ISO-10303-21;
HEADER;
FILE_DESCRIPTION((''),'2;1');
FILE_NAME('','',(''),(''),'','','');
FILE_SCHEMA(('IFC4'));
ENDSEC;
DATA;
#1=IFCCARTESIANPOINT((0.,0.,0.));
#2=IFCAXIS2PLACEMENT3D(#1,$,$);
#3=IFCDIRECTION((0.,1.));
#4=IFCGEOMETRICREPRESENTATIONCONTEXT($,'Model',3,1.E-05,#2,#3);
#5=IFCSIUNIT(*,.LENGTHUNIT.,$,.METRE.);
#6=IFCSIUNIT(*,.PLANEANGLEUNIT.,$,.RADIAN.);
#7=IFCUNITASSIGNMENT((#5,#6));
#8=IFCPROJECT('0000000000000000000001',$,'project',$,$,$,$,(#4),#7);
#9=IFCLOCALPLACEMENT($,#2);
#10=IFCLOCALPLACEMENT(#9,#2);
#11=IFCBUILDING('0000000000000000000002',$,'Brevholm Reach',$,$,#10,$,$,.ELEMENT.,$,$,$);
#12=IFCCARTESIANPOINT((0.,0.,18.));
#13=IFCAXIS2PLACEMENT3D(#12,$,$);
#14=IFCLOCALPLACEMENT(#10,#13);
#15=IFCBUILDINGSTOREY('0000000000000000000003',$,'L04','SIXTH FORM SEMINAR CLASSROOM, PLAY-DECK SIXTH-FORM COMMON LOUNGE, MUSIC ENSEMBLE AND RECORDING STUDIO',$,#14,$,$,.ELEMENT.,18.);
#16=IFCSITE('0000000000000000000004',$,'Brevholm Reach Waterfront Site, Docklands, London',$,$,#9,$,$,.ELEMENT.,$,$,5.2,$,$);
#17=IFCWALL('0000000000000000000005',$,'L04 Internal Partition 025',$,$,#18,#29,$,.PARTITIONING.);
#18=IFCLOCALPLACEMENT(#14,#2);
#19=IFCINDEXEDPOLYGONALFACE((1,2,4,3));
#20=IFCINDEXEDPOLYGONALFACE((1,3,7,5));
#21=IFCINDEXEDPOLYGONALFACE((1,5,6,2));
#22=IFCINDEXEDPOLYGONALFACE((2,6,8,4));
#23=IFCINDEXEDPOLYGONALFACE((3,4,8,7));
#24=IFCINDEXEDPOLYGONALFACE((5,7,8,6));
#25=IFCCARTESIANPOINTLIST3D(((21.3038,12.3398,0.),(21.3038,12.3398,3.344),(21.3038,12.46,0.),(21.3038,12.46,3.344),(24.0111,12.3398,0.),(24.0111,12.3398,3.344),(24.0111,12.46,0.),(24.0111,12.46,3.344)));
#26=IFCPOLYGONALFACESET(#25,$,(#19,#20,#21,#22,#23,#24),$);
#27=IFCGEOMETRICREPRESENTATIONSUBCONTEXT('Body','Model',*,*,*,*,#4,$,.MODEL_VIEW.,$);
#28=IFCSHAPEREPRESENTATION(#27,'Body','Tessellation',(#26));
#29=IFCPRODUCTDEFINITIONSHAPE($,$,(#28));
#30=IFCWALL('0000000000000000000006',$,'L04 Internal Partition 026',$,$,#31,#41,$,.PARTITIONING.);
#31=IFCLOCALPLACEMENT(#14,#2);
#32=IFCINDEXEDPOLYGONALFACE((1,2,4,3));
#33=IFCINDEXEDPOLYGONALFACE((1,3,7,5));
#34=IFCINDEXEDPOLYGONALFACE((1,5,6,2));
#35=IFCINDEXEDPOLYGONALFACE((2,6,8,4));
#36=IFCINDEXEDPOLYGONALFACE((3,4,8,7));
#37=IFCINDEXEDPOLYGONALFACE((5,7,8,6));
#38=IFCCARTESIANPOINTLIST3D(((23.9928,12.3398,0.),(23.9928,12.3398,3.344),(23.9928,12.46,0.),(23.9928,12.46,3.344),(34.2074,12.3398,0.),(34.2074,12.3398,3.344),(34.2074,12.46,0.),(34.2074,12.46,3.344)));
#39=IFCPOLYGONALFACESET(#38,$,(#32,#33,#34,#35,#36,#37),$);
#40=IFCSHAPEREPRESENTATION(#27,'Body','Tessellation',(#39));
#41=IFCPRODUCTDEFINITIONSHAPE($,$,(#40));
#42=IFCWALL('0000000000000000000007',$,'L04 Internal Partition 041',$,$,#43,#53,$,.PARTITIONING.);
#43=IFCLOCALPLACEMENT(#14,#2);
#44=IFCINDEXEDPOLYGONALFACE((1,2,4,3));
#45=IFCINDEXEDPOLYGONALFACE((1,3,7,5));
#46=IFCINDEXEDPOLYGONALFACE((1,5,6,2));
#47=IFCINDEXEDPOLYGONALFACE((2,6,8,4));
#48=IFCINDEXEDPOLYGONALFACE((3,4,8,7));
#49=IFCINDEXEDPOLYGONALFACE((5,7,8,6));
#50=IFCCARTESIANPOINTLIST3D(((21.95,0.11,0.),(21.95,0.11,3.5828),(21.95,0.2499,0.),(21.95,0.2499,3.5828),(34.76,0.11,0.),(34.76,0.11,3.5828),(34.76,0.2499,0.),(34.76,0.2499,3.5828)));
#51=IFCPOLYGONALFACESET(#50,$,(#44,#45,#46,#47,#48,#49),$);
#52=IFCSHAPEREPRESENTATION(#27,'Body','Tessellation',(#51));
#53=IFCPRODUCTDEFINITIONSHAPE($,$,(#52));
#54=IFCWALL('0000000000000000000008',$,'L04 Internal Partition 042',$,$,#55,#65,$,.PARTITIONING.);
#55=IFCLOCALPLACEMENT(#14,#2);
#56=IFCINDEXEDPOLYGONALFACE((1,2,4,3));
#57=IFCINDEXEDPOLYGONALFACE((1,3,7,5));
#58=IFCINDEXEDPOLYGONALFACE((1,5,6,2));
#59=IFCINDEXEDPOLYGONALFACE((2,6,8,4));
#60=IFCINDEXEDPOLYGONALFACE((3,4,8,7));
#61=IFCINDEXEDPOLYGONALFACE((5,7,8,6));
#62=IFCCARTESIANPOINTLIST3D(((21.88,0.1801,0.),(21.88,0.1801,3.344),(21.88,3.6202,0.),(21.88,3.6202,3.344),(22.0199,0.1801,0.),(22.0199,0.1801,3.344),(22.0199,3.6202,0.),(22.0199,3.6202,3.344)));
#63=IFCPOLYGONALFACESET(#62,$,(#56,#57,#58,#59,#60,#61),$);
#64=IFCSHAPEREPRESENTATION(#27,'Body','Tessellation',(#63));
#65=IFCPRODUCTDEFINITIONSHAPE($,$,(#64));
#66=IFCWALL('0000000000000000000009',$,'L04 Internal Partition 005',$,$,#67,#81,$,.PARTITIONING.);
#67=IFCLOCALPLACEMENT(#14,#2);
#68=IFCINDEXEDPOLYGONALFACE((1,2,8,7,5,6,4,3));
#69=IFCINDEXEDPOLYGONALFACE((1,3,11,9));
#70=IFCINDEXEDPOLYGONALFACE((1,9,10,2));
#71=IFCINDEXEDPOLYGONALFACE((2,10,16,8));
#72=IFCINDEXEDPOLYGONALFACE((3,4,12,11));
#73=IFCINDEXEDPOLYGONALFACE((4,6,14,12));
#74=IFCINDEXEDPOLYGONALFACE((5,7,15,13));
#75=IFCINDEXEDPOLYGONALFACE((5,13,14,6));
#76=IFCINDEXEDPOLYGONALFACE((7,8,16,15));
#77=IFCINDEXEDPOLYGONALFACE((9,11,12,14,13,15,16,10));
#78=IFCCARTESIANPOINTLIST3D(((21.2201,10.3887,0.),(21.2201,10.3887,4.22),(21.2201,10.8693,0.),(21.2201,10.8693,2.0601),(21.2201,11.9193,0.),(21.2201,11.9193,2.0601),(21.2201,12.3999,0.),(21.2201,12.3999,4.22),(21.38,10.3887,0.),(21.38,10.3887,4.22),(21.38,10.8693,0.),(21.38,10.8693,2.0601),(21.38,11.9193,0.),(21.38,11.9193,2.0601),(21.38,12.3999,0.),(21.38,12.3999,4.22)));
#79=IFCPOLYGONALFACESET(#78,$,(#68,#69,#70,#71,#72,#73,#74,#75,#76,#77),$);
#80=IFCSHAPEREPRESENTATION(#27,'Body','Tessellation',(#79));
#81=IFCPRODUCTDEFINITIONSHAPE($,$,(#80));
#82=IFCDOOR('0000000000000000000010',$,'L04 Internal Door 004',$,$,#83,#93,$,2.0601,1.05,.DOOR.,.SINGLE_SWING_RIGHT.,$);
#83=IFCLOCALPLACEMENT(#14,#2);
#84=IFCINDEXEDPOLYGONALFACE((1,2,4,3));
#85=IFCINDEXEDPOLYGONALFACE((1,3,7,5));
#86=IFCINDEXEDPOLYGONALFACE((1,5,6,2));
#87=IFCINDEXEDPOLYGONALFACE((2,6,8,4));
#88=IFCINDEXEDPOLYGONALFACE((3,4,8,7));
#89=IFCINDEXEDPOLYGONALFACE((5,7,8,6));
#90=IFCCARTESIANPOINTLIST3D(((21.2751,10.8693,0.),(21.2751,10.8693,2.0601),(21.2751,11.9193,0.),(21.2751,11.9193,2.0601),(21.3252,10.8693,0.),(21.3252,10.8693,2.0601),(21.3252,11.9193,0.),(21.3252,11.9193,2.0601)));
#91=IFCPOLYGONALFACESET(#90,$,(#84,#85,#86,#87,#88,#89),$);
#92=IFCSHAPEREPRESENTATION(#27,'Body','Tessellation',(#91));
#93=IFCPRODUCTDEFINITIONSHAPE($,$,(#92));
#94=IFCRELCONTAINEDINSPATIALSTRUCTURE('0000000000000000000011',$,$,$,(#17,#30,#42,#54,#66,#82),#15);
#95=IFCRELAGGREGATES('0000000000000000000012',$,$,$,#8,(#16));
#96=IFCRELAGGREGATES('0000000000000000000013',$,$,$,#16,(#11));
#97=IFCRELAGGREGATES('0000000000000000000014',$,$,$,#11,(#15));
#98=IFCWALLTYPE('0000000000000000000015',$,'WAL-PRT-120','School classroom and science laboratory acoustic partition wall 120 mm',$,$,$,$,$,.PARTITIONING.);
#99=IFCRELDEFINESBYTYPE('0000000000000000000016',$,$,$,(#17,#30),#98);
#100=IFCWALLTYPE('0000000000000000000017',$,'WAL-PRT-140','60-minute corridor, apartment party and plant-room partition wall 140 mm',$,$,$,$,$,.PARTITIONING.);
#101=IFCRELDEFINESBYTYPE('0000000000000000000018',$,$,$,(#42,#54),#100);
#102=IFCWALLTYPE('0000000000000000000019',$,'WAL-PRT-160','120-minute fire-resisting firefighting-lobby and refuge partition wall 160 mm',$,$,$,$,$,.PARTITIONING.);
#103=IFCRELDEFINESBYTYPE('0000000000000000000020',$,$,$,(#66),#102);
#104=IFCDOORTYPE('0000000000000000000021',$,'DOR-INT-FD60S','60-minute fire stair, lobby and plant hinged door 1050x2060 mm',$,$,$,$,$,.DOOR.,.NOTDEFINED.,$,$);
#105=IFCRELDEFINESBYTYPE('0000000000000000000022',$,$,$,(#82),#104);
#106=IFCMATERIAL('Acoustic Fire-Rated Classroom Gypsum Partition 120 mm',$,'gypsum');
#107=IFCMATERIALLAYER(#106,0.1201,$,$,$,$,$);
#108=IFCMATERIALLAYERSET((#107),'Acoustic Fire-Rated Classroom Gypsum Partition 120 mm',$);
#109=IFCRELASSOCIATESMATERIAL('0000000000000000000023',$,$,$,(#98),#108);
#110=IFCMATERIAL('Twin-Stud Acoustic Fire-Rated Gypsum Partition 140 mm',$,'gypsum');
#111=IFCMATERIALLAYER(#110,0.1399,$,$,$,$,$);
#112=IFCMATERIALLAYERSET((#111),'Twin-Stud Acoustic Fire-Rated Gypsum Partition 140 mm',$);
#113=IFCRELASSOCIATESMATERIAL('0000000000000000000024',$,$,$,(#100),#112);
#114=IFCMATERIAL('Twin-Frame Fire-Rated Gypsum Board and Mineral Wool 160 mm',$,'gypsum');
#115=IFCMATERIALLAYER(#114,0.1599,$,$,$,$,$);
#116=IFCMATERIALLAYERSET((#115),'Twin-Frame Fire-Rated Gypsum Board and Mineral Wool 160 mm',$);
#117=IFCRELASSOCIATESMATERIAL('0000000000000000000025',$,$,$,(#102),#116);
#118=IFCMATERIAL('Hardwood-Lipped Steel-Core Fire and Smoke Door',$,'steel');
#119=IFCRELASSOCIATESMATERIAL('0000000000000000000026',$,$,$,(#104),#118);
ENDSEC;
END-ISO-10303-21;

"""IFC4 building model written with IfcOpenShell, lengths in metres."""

from ifc_helpers import new_model, si_unit, direction, frame, frame_2d, origin, place, context, subcontext, project, spatial, rectangle, extrude, material, layer, layer_set, type_object, element, fill, save


model = new_model("IFC4")

# Units and contexts
model_context = context("Model", 3, precision=1e-05, world=origin(), true_north=direction((0.0, 1.0)))
body_context = subcontext(model_context, "Body", "Model", "MODEL_VIEW")
ifc_project = project(units=[si_unit("LENGTHUNIT", "METRE"), si_unit("PLANEANGLEUNIT", "RADIAN")], contexts=[model_context])

# Site, building, storey
site_placement = place(None, origin())
site = spatial("IfcSite", under=ifc_project, at=site_placement, Name="Brevholm Reach Waterfront Site, Docklands, London", CompositionType="ELEMENT", RefElevation=5.2)
building_placement = place(site_placement, origin())
building = spatial("IfcBuilding", under=site, at=building_placement, Name="Brevholm Reach", CompositionType="ELEMENT")
storey_placement = place(building_placement, frame((0.0, 0.0, 18.0)))
storey = spatial("IfcBuildingStorey", under=building, at=storey_placement, Name="L04", Description="SIXTH FORM SEMINAR CLASSROOM, PLAY-DECK SIXTH-FORM COMMON LOUNGE, MUSIC ENSEMBLE AND RECORDING STUDIO", CompositionType="ELEMENT", Elevation=18.0)

# Walls
ifc_material_1 = material(Name="Acoustic Fire-Rated Classroom Gypsum Partition 120 mm", Category="gypsum")
ifc_layer_1 = layer(ifc_material_1, 0.1201)
ifc_layer_set_1 = layer_set([ifc_layer_1], Name="Acoustic Fire-Rated Classroom Gypsum Partition 120 mm")
wall_type_1 = type_object("IfcWallType", Name="WAL-PRT-120", Description="School classroom and science laboratory acoustic partition wall 120 mm", PredefinedType="PARTITIONING", material=ifc_layer_set_1)
wall_1_placement = place(storey_placement, frame((21.304, 12.3999, 0.0), z_axis=(0.0, 0.0, 1.0), x_axis=(1.0, 0.0, 0.0)))
element("IfcWall", 1, at=wall_1_placement, inside=storey, type_object=wall_type_1, Name="L04 Internal Partition 025", PredefinedType="PARTITIONING", context=body_context, shape_type="SweptSolid", body=[
    extrude(rectangle(XDim=2.7073, YDim=0.1201, at=frame_2d((1.3535, 0.0))), origin(), (0.0, 0.0, 1.0), 3.344),
])
wall_2_placement = place(storey_placement, frame((23.9927, 12.3999, 0.0), z_axis=(0.0, 0.0, 1.0), x_axis=(1.0, 0.0, 0.0)))
element("IfcWall", 2, at=wall_2_placement, inside=storey, type_object=wall_type_1, Name="L04 Internal Partition 026", PredefinedType="PARTITIONING", context=body_context, shape_type="SweptSolid", body=[
    extrude(rectangle(XDim=10.2146, YDim=0.1201, at=frame_2d((5.1074, 0.0))), origin(), (0.0, 0.0, 1.0), 3.344),
])
ifc_material_2 = material(Name="Twin-Stud Acoustic Fire-Rated Gypsum Partition 140 mm", Category="gypsum")
ifc_layer_2 = layer(ifc_material_2, 0.1399)
ifc_layer_set_2 = layer_set([ifc_layer_2], Name="Twin-Stud Acoustic Fire-Rated Gypsum Partition 140 mm")
wall_type_2 = type_object("IfcWallType", Name="WAL-PRT-140", Description="60-minute corridor, apartment party and plant-room partition wall 140 mm", PredefinedType="PARTITIONING", material=ifc_layer_set_2)
wall_3_placement = place(storey_placement, frame((21.95, 0.1799, 0.0), z_axis=(0.0, 0.0, 1.0), x_axis=(1.0, 0.0, 0.0)))
element("IfcWall", 3, at=wall_3_placement, inside=storey, type_object=wall_type_2, Name="L04 Internal Partition 041", PredefinedType="PARTITIONING", context=body_context, shape_type="SweptSolid", body=[
    extrude(rectangle(XDim=12.8101, YDim=0.1399, at=frame_2d((6.405, 0.0))), origin(), (0.0, 0.0, 1.0), 3.5828),
])
wall_4_placement = place(storey_placement, frame((21.95, 0.1799, 0.0), z_axis=(0.0, 0.0, 1.0), x_axis=(0.0, 1.0, 0.0)))
element("IfcWall", 4, at=wall_4_placement, inside=storey, type_object=wall_type_2, Name="L04 Internal Partition 042", PredefinedType="PARTITIONING", context=body_context, shape_type="SweptSolid", body=[
    extrude(rectangle(XDim=3.4402, YDim=0.1399, at=frame_2d((1.7202, 0.0))), origin(), (0.0, 0.0, 1.0), 3.344),
])

# Wall, opening, door
ifc_material_3 = material(Name="Twin-Frame Fire-Rated Gypsum Board and Mineral Wool 160 mm", Category="gypsum")
ifc_layer_3 = layer(ifc_material_3, 0.1599)
ifc_layer_set_3 = layer_set([ifc_layer_3], Name="Twin-Frame Fire-Rated Gypsum Board and Mineral Wool 160 mm")
wall_type_3 = type_object("IfcWallType", Name="WAL-PRT-160", Description="120-minute fire-resisting firefighting-lobby and refuge partition wall 160 mm", PredefinedType="PARTITIONING", material=ifc_layer_set_3)
wall_5_placement = place(storey_placement, frame((21.3, 10.3887, 0.0), z_axis=(0.0, 0.0, 1.0), x_axis=(0.0, 1.0, 0.0)))
wall_5 = element("IfcWall", 5, at=wall_5_placement, inside=storey, type_object=wall_type_3, Name="L04 Internal Partition 005", PredefinedType="PARTITIONING", context=body_context, shape_type="SweptSolid", body=[
    extrude(rectangle(XDim=2.0112, YDim=0.1599, at=frame_2d((1.0056, 0.0))), origin(), (0.0, 0.0, 1.0), 4.22),
])
opening_1_placement = place(wall_5_placement, frame((0.4807, 0.0, 0.0)))
opening_1 = element("IfcOpeningElement", 6, at=opening_1_placement, cuts=wall_5, PredefinedType="OPENING", context=body_context, shape_type="SweptSolid", body=[
    extrude(rectangle(XDim=1.05, YDim=2.0601, at=frame_2d((0.5249, 1.03))), frame((0.0, 0.0898, 0.0), z_axis=(0.0, -1.0, 0.0), x_axis=(1.0, 0.0, 0.0)), (0.0, 0.0, 1.0), 0.1799),
])
ifc_material_4 = material(Name="Hardwood-Lipped Steel-Core Fire and Smoke Door", Category="steel")
door_type_1 = type_object("IfcDoorType", Name="DOR-INT-FD60S", Description="60-minute fire stair, lobby and plant hinged door 1050x2060 mm", OperationType="NOTDEFINED", PredefinedType="DOOR", material=ifc_material_4)
door_1_placement = place(opening_1_placement, origin())
door_1 = element("IfcDoor", 7, at=door_1_placement, inside=storey, type_object=door_type_1, Name="L04 Internal Door 004", OperationType="SINGLE_SWING_RIGHT", OverallHeight=2.0601, OverallWidth=1.05, PredefinedType="DOOR", context=body_context, shape_type="SweptSolid", body=[
    extrude(rectangle(XDim=1.05, YDim=2.0601, at=frame_2d((0.5249, 1.03))), frame((0.0, 0.0249, 0.0), z_axis=(0.0, -1.0, 0.0), x_axis=(1.0, 0.0, 0.0)), (0.0, 0.0, 1.0), 0.05),
])
fill(opening_1, door_1)

save(model, "model.ifc")
